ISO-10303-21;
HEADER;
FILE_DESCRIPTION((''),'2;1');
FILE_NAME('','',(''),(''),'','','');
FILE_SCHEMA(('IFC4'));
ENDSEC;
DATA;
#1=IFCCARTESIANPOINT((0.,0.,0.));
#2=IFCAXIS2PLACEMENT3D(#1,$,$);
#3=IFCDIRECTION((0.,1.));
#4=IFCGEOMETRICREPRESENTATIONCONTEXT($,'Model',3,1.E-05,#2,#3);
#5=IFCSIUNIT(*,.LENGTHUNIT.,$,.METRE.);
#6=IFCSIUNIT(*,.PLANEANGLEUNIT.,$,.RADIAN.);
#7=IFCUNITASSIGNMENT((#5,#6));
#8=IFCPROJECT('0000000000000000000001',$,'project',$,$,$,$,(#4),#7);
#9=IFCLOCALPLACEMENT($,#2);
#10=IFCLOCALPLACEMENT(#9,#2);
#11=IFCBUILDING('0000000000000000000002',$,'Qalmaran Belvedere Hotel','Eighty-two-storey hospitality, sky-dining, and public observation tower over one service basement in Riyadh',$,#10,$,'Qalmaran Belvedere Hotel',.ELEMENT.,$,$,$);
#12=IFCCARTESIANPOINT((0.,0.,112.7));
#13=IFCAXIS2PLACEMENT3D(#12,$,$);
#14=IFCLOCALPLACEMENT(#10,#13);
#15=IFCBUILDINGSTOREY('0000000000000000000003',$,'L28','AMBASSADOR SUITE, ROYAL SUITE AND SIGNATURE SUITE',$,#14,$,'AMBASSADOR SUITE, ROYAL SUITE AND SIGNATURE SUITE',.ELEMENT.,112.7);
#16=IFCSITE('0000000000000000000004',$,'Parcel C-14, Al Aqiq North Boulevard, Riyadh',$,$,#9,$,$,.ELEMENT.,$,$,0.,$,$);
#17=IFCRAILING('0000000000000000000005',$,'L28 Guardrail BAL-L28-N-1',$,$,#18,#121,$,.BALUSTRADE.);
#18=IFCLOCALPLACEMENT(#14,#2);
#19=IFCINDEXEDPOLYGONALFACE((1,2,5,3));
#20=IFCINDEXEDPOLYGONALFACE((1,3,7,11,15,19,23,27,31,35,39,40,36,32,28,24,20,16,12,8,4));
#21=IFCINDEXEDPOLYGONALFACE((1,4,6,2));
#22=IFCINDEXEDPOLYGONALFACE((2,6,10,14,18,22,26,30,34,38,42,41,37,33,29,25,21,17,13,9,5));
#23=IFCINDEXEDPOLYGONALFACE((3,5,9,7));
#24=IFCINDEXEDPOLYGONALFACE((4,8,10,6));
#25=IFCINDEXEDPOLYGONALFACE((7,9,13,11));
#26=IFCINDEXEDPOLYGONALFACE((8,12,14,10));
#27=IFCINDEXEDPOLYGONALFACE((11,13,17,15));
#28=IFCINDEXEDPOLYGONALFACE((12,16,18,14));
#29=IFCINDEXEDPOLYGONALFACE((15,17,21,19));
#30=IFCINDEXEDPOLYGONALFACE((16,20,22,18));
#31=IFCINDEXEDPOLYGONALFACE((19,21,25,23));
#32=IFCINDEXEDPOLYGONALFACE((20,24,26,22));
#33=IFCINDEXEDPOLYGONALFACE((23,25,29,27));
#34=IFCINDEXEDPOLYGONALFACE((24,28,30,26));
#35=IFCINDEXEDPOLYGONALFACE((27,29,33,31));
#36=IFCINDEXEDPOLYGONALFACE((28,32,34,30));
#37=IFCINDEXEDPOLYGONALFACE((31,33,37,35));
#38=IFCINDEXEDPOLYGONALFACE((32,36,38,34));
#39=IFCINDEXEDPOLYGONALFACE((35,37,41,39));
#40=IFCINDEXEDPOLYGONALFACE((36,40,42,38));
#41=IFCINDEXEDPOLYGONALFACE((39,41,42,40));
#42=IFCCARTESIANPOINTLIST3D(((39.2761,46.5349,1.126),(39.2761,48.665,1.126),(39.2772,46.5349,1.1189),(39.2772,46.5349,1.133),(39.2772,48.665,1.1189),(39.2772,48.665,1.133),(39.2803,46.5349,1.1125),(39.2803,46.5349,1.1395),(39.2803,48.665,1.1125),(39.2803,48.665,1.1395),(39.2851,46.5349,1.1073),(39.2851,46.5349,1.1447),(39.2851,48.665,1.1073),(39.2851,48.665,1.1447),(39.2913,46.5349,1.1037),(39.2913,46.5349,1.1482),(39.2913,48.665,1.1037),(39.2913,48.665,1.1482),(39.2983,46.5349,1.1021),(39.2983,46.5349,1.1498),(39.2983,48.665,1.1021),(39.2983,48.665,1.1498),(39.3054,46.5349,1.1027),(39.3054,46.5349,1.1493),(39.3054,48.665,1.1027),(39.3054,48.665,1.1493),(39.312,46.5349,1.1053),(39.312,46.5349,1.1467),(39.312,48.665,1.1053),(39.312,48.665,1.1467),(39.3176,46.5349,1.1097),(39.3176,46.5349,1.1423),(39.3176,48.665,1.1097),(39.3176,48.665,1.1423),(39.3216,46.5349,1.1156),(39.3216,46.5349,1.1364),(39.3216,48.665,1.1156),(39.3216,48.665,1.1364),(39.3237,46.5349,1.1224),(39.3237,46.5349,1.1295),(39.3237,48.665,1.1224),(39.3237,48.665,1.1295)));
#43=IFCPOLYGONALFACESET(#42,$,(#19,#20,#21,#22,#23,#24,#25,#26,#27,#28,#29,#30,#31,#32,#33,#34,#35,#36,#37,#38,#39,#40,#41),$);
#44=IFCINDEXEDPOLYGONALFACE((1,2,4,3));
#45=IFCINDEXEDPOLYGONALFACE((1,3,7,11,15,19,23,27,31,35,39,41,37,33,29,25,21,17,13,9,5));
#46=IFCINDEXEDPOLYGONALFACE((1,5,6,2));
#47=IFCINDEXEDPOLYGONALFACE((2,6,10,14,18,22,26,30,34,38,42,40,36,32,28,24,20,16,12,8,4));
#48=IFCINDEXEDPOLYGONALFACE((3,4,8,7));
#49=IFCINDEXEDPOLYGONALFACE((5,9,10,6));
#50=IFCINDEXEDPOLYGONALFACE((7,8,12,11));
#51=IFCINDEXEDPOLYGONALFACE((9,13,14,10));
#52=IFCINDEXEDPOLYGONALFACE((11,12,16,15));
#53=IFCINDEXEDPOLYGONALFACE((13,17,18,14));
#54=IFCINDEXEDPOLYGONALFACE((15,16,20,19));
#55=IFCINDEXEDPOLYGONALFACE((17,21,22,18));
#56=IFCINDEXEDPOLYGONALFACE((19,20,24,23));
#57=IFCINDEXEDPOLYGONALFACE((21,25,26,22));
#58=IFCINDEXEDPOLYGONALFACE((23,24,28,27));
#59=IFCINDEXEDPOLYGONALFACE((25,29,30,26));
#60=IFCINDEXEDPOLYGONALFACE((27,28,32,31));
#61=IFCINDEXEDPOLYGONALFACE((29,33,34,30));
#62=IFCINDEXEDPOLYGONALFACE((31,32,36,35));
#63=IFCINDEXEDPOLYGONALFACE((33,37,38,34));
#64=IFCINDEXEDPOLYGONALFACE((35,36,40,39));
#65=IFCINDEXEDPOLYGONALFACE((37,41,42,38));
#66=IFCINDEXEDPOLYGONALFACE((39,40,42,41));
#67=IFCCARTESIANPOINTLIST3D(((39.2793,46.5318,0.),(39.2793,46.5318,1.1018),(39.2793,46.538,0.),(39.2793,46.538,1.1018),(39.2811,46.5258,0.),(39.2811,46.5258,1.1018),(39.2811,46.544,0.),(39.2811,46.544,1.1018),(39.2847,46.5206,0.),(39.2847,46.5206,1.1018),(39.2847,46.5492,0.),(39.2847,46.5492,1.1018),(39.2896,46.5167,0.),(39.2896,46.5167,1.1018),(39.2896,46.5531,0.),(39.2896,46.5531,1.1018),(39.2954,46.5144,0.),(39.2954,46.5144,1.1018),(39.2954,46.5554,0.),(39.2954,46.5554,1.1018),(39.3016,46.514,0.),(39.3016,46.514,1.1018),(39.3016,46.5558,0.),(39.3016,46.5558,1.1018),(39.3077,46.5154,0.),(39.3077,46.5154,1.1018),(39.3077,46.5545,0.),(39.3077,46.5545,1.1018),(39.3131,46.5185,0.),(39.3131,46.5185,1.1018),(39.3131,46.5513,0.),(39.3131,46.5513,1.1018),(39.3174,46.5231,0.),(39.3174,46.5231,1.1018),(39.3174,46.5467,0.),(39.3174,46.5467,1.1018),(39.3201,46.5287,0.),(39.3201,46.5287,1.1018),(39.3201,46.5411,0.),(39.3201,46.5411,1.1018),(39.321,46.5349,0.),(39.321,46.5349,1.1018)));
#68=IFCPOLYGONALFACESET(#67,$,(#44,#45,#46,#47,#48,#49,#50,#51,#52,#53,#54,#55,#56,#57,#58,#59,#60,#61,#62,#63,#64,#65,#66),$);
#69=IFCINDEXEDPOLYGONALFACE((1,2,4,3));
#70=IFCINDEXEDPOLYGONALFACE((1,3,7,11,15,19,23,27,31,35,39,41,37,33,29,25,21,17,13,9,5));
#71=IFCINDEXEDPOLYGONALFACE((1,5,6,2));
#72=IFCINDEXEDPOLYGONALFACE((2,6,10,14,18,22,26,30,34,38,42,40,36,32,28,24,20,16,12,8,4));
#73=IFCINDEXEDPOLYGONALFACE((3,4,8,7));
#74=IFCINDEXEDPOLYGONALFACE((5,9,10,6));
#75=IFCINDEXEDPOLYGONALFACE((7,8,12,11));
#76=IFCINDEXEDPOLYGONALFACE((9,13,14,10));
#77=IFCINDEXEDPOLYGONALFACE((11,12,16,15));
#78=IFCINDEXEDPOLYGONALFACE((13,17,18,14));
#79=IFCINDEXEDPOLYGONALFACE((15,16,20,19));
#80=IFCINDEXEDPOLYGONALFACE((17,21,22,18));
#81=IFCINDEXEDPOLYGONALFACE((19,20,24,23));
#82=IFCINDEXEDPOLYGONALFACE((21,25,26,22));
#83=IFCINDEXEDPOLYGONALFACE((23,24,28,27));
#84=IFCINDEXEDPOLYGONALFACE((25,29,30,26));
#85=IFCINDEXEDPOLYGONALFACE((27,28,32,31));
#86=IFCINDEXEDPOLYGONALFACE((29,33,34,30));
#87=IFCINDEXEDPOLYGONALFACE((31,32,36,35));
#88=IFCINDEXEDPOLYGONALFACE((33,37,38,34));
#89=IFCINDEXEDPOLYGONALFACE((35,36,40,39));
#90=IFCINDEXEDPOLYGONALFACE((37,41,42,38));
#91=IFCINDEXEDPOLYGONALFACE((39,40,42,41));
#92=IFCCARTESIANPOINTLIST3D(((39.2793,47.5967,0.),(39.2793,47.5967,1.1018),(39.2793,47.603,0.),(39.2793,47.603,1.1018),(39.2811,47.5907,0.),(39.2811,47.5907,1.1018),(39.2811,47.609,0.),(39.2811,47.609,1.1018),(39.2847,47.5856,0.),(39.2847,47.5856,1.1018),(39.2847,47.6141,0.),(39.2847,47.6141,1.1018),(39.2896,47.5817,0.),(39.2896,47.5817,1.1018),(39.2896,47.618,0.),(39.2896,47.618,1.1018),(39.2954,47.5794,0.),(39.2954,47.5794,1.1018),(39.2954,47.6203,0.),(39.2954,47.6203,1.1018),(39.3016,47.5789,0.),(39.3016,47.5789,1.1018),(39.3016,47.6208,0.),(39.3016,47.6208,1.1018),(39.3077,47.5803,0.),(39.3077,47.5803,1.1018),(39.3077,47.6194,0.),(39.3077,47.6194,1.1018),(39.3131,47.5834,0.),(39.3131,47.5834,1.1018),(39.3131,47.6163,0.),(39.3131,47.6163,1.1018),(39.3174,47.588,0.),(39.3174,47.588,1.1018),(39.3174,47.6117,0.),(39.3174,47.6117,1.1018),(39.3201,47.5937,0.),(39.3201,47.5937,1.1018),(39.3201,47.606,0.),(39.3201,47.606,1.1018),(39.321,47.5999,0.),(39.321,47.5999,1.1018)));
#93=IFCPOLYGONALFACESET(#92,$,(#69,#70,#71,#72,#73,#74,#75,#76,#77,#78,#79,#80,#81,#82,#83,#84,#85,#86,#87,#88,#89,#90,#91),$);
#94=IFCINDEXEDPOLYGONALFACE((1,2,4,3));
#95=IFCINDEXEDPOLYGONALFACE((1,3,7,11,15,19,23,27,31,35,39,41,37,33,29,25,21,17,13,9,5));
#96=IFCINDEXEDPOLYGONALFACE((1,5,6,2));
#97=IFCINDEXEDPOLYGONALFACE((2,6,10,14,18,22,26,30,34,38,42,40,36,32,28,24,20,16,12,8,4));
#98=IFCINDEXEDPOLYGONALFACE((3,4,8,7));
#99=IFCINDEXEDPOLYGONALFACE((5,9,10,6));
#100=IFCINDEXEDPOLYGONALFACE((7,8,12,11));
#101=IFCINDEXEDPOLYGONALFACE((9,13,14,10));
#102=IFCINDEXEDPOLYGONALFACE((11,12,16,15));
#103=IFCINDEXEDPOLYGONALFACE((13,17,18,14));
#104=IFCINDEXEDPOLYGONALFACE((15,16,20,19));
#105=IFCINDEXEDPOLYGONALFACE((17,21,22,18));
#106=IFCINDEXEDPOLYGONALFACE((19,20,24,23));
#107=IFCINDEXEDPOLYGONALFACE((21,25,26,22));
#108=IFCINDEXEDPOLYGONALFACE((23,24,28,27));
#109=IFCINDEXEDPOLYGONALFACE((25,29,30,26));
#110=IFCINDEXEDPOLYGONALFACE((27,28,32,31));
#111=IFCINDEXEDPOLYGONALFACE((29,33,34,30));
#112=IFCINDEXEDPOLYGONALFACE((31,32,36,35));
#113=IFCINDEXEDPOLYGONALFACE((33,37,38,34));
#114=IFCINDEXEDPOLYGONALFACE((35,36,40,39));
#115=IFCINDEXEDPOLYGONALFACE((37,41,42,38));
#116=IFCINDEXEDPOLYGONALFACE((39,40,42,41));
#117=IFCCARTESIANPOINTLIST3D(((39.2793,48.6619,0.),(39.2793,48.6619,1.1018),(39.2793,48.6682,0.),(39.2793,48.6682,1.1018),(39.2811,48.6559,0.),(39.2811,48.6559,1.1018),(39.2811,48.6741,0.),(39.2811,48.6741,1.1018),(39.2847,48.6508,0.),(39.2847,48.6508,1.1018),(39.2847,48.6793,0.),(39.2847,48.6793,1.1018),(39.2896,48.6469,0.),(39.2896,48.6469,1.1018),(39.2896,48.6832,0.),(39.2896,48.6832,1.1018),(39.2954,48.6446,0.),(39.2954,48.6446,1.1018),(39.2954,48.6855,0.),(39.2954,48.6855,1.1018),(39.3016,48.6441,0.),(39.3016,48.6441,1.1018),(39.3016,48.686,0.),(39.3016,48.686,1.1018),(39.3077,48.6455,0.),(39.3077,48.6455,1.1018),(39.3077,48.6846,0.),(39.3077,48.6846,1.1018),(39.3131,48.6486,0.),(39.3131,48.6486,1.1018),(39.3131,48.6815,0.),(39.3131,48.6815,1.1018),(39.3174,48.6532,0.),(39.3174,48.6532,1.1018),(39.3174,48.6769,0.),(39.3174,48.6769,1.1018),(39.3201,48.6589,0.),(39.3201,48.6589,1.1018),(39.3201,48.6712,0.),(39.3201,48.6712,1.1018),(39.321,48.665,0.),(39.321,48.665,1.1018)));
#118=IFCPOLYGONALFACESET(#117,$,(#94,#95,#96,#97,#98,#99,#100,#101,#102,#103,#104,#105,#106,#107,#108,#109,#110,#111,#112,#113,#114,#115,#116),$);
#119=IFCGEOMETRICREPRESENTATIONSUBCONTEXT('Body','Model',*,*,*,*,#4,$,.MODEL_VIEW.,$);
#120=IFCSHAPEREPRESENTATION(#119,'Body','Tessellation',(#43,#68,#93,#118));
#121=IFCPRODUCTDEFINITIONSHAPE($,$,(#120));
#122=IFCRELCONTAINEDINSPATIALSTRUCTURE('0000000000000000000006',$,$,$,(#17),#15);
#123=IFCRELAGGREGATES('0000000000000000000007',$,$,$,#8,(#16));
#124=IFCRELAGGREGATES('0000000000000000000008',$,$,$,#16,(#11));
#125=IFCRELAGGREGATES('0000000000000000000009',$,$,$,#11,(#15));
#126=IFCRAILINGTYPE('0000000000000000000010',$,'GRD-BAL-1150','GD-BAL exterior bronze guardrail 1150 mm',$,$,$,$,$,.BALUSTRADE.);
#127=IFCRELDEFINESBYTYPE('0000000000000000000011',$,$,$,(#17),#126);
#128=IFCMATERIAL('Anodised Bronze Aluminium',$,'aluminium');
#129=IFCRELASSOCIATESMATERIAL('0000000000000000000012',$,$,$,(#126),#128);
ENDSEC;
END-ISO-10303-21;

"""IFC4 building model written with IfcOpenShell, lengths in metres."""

from ifc_helpers import new_model, si_unit, direction, frame, origin, origin_2d, place, context, subcontext, project, spatial, circle, extrude, material, type_object, element, save


model = new_model("IFC4")

# Units and contexts
model_context = context("Model", 3, precision=1e-05, world=origin(), true_north=direction((0.0, 1.0)))
body_context = subcontext(model_context, "Body", "Model", "MODEL_VIEW")
ifc_project = project(units=[si_unit("LENGTHUNIT", "METRE"), si_unit("PLANEANGLEUNIT", "RADIAN")], contexts=[model_context])

# Site, building, storey
site_placement = place(None, origin())
site = spatial("IfcSite", under=ifc_project, at=site_placement, Name="Parcel C-14, Al Aqiq North Boulevard, Riyadh", CompositionType="ELEMENT", RefElevation=0.0)
building_placement = place(site_placement, origin())
building = spatial("IfcBuilding", under=site, at=building_placement, Name="Qalmaran Belvedere Hotel", Description="Eighty-two-storey hospitality, sky-dining, and public observation tower over one service basement in Riyadh", LongName="Qalmaran Belvedere Hotel", CompositionType="ELEMENT")
storey_placement = place(building_placement, frame((0.0, 0.0, 112.7)))
storey = spatial("IfcBuildingStorey", under=building, at=storey_placement, Name="L28", Description="AMBASSADOR SUITE, ROYAL SUITE AND SIGNATURE SUITE", LongName="AMBASSADOR SUITE, ROYAL SUITE AND SIGNATURE SUITE", CompositionType="ELEMENT", Elevation=112.7)

# Shared definitions
ifc_material_1 = material(Name="Anodised Bronze Aluminium", Category="aluminium")

# Railing
railing_type = type_object("IfcRailingType", Name="GRD-BAL-1150", Description="GD-BAL exterior bronze guardrail 1150 mm", PredefinedType="BALUSTRADE", material=ifc_material_1)
railing_1_placement = place(storey_placement, frame((39.3, 46.5349, 0.0)))
element("IfcRailing", 1, at=railing_1_placement, inside=storey, type_object=railing_type, Name="L28 Guardrail BAL-L28-N-1", PredefinedType="BALUSTRADE", context=body_context, shape_type="SweptSolid", body=[
    extrude(circle(Radius=0.0239, at=origin_2d()), frame((0.0, 0.0, 1.126), z_axis=(0.0, 1.0, 0.0), x_axis=(-1.0, 0.0, 0.0)), (0.0, 0.0, 1.0), 2.1301),
    extrude(circle(Radius=0.021, at=origin_2d()), origin(), (0.0, 0.0, 1.0), 1.1018),
    extrude(circle(Radius=0.021, at=origin_2d()), frame((0.0, 1.0649, 0.0)), (0.0, 0.0, 1.0), 1.1018),
    extrude(circle(Radius=0.021, at=origin_2d()), frame((0.0, 2.1301, 0.0)), (0.0, 0.0, 1.0), 1.1018),
])

save(model, "model.ifc")
